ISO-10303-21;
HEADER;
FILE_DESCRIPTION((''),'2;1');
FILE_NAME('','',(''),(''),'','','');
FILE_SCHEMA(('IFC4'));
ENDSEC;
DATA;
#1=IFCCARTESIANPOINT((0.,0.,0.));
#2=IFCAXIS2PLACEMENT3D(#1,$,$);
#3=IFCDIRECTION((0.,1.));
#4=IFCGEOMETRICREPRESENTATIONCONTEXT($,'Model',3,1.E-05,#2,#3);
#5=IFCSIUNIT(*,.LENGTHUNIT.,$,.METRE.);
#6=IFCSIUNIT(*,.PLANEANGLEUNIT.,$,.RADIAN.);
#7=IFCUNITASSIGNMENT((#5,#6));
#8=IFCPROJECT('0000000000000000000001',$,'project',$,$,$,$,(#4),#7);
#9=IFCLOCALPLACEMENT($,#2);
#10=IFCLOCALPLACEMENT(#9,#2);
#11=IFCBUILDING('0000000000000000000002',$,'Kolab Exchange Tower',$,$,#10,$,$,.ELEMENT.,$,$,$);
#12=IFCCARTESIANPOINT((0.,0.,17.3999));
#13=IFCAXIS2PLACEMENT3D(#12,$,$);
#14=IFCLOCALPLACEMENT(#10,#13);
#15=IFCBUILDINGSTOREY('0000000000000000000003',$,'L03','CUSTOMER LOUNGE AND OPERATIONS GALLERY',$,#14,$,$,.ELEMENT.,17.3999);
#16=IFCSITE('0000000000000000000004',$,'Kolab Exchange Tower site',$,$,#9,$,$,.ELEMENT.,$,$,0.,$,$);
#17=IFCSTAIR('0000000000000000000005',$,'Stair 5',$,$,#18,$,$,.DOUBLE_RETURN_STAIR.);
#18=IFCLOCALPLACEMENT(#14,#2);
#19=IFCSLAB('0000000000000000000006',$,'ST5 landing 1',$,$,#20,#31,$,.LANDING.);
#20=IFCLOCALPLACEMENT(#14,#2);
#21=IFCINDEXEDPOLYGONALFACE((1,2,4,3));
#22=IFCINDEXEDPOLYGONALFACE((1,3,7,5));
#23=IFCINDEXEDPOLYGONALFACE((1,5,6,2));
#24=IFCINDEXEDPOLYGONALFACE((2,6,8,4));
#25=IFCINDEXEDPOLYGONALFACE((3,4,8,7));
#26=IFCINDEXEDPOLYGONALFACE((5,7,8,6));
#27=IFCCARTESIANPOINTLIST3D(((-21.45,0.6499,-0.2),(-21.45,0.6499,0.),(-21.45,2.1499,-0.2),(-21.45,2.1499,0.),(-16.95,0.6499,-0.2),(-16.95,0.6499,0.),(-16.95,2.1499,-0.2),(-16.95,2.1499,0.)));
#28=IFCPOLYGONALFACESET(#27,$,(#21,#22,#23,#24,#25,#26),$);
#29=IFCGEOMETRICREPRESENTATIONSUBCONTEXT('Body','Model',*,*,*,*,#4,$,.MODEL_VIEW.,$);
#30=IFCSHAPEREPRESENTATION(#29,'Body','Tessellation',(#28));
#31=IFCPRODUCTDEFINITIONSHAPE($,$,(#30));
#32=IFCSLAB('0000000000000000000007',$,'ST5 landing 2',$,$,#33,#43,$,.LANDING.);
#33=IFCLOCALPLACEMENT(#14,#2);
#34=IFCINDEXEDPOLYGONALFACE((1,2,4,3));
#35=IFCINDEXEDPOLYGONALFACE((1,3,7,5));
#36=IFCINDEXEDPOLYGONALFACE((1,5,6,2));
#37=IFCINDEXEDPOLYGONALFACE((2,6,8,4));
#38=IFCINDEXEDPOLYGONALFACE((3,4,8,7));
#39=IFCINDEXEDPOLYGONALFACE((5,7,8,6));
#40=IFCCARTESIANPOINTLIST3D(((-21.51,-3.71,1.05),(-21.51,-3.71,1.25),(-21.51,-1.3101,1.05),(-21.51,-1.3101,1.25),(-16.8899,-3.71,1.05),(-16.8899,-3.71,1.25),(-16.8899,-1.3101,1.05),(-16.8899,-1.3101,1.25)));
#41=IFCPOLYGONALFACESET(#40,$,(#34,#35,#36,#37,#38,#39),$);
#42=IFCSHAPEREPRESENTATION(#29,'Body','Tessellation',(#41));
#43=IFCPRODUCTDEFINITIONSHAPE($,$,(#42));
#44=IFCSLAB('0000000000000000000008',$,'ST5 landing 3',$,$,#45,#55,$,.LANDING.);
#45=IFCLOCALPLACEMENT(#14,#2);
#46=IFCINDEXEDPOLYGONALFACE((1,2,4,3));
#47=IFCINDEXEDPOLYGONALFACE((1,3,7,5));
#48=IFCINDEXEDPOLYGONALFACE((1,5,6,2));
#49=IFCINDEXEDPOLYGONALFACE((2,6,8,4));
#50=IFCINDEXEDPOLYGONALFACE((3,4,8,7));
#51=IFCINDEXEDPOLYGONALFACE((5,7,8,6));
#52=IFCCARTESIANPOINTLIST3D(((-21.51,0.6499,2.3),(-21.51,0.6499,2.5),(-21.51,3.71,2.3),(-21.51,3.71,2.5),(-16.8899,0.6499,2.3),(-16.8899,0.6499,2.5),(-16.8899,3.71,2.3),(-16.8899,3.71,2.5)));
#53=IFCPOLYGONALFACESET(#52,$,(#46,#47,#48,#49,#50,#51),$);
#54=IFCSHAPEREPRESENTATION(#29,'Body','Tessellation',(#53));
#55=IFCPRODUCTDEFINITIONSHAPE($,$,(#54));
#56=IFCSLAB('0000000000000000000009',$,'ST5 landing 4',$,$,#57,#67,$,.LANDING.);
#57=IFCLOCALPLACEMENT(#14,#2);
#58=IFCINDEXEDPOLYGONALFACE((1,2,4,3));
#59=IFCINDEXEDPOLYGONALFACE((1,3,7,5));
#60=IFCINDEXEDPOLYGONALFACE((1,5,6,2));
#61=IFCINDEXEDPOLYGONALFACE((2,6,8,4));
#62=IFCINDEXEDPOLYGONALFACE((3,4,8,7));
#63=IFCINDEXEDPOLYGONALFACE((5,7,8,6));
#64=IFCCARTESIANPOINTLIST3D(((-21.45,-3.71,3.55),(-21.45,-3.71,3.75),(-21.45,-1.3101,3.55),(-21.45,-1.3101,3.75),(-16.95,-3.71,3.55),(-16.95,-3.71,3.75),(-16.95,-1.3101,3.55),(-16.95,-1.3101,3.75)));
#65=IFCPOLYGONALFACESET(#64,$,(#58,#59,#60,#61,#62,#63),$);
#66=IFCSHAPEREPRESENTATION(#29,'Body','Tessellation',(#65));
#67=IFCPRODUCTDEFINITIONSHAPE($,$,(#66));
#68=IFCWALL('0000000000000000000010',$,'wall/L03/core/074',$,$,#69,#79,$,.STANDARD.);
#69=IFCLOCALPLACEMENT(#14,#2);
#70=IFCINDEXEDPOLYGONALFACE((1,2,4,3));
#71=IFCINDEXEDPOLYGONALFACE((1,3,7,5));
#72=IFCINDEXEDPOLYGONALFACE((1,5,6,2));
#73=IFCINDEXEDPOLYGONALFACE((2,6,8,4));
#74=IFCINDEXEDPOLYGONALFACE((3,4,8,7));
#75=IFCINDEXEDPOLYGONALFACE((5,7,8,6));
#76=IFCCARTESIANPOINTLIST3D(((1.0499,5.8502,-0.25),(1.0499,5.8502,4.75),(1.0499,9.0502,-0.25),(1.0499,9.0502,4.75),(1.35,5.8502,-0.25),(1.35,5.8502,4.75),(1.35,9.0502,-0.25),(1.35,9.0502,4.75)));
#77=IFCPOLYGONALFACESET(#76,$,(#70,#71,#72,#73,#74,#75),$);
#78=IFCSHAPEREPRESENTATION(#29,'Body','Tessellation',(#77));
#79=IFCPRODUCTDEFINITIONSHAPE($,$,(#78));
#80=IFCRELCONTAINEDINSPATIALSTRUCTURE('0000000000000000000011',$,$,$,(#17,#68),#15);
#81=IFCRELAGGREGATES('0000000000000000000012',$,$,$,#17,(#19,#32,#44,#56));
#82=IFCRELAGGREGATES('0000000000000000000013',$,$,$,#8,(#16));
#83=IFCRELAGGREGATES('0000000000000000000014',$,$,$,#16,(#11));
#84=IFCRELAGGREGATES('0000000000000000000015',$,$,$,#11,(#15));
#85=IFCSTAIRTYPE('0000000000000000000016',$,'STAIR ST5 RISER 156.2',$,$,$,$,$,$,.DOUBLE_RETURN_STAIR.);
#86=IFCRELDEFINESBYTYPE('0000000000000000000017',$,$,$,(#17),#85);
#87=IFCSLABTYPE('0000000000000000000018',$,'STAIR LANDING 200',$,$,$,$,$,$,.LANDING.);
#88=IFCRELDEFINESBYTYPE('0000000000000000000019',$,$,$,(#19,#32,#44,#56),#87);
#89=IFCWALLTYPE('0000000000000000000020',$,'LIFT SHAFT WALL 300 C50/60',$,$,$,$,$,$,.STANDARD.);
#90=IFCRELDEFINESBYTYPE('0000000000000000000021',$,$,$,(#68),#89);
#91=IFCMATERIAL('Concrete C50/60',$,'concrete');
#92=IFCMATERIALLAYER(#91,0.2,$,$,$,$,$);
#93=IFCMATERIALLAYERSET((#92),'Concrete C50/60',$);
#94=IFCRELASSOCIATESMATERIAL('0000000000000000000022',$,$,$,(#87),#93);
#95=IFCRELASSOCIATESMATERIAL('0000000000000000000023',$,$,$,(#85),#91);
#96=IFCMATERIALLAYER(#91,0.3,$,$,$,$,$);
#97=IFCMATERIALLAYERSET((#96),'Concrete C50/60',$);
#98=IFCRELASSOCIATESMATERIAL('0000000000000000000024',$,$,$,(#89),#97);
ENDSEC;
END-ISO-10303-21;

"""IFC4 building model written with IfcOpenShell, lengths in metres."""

from ifc_helpers import new_model, si_unit, direction, frame, frame_2d, origin, place, context, subcontext, project, spatial, polyline, rectangle, outline, extrude, material, layer, layer_set, type_object, element, aggregate, save


model = new_model("IFC4")

# Units and contexts
model_context = context("Model", 3, precision=1e-05, world=origin(), true_north=direction((0.0, 1.0)))
body_context = subcontext(model_context, "Body", "Model", "MODEL_VIEW")
ifc_project = project(units=[si_unit("LENGTHUNIT", "METRE"), si_unit("PLANEANGLEUNIT", "RADIAN")], contexts=[model_context])

# Site, building, storey
site_placement = place(None, origin())
site = spatial("IfcSite", under=ifc_project, at=site_placement, Name="Kolab Exchange Tower site", CompositionType="ELEMENT", RefElevation=0.0)
building_placement = place(site_placement, origin())
building = spatial("IfcBuilding", under=site, at=building_placement, Name="Kolab Exchange Tower", CompositionType="ELEMENT")
storey_placement = place(building_placement, frame((0.0, 0.0, 17.3999)))
storey = spatial("IfcBuildingStorey", under=building, at=storey_placement, Name="L03", Description="CUSTOMER LOUNGE AND OPERATIONS GALLERY", CompositionType="ELEMENT", Elevation=17.3999)

# Stair, slabs
ifc_material = material(Name="Concrete C50/60", Category="concrete")
ifc_layer_1 = layer(ifc_material, 0.2)
ifc_layer_set_1 = layer_set([ifc_layer_1], Name="Concrete C50/60")
slab_type = type_object("IfcSlabType", Name="STAIR LANDING 200", PredefinedType="LANDING", material=ifc_layer_set_1)
stair_type_1 = type_object("IfcStairType", Name="STAIR ST5 RISER 156.2", PredefinedType="DOUBLE_RETURN_STAIR", material=ifc_material)
stair_1_placement = place(storey_placement, origin())
stair_1 = element("IfcStair", 1, at=stair_1_placement, inside=storey, type_object=stair_type_1, Name="Stair 5", PredefinedType="DOUBLE_RETURN_STAIR")
slab_1_placement = place(storey_placement, frame((0.0, 0.0, -0.2)))
slab_1 = element("IfcSlab", 2, at=slab_1_placement, type_object=slab_type, Name="ST5 landing 1", PredefinedType="LANDING", context=body_context, shape_type="SweptSolid", body=[
    extrude(outline(polyline([(-21.45, 0.6499), (-16.95, 0.6499), (-16.95, 2.1499), (-21.45, 2.1499), (-21.45, 0.6499)])), origin(), (0.0, 0.0, 1.0), 0.2),
])
slab_2_placement = place(storey_placement, frame((0.0, 0.0, 1.05)))
slab_2 = element("IfcSlab", 3, at=slab_2_placement, type_object=slab_type, Name="ST5 landing 2", PredefinedType="LANDING", context=body_context, shape_type="SweptSolid", body=[
    extrude(outline(polyline([(-21.51, -3.71), (-16.8899, -3.71), (-16.8899, -1.3101), (-21.51, -1.3101), (-21.51, -3.71)])), origin(), (0.0, 0.0, 1.0), 0.2),
])
slab_3_placement = place(storey_placement, frame((0.0, 0.0, 2.3)))
slab_3 = element("IfcSlab", 4, at=slab_3_placement, type_object=slab_type, Name="ST5 landing 3", PredefinedType="LANDING", context=body_context, shape_type="SweptSolid", body=[
    extrude(outline(polyline([(-21.51, 0.6499), (-16.8899, 0.6499), (-16.8899, 3.71), (-21.51, 3.71), (-21.51, 0.6499)])), origin(), (0.0, 0.0, 1.0), 0.2),
])
slab_4_placement = place(storey_placement, frame((0.0, 0.0, 3.55)))
slab_4 = element("IfcSlab", 5, at=slab_4_placement, type_object=slab_type, Name="ST5 landing 4", PredefinedType="LANDING", context=body_context, shape_type="SweptSolid", body=[
    extrude(outline(polyline([(-21.45, -3.71), (-16.95, -3.71), (-16.95, -1.3101), (-21.45, -1.3101), (-21.45, -3.71)])), origin(), (0.0, 0.0, 1.0), 0.2),
])
aggregate(stair_1, [slab_1, slab_2, slab_3, slab_4])

# Wall
ifc_layer_2 = layer(ifc_material, 0.3)
ifc_layer_set_2 = layer_set([ifc_layer_2], Name="Concrete C50/60")
wall_type = type_object("IfcWallType", Name="LIFT SHAFT WALL 300 C50/60", PredefinedType="STANDARD", material=ifc_layer_set_2)
wall_placement = place(storey_placement, frame((1.2, 5.8501, -0.25), z_axis=(0.0, 0.0, 1.0), x_axis=(0.0, 1.0, 0.0)))
element("IfcWall", 6, at=wall_placement, inside=storey, type_object=wall_type, Name="wall/L03/core/074", PredefinedType="STANDARD", context=body_context, shape_type="SweptSolid", body=[
    extrude(rectangle(XDim=3.2, YDim=0.3, at=frame_2d((1.6001, 0.0))), origin(), (0.0, 0.0, 1.0), 5.0),
])

save(model, "model.ifc")
